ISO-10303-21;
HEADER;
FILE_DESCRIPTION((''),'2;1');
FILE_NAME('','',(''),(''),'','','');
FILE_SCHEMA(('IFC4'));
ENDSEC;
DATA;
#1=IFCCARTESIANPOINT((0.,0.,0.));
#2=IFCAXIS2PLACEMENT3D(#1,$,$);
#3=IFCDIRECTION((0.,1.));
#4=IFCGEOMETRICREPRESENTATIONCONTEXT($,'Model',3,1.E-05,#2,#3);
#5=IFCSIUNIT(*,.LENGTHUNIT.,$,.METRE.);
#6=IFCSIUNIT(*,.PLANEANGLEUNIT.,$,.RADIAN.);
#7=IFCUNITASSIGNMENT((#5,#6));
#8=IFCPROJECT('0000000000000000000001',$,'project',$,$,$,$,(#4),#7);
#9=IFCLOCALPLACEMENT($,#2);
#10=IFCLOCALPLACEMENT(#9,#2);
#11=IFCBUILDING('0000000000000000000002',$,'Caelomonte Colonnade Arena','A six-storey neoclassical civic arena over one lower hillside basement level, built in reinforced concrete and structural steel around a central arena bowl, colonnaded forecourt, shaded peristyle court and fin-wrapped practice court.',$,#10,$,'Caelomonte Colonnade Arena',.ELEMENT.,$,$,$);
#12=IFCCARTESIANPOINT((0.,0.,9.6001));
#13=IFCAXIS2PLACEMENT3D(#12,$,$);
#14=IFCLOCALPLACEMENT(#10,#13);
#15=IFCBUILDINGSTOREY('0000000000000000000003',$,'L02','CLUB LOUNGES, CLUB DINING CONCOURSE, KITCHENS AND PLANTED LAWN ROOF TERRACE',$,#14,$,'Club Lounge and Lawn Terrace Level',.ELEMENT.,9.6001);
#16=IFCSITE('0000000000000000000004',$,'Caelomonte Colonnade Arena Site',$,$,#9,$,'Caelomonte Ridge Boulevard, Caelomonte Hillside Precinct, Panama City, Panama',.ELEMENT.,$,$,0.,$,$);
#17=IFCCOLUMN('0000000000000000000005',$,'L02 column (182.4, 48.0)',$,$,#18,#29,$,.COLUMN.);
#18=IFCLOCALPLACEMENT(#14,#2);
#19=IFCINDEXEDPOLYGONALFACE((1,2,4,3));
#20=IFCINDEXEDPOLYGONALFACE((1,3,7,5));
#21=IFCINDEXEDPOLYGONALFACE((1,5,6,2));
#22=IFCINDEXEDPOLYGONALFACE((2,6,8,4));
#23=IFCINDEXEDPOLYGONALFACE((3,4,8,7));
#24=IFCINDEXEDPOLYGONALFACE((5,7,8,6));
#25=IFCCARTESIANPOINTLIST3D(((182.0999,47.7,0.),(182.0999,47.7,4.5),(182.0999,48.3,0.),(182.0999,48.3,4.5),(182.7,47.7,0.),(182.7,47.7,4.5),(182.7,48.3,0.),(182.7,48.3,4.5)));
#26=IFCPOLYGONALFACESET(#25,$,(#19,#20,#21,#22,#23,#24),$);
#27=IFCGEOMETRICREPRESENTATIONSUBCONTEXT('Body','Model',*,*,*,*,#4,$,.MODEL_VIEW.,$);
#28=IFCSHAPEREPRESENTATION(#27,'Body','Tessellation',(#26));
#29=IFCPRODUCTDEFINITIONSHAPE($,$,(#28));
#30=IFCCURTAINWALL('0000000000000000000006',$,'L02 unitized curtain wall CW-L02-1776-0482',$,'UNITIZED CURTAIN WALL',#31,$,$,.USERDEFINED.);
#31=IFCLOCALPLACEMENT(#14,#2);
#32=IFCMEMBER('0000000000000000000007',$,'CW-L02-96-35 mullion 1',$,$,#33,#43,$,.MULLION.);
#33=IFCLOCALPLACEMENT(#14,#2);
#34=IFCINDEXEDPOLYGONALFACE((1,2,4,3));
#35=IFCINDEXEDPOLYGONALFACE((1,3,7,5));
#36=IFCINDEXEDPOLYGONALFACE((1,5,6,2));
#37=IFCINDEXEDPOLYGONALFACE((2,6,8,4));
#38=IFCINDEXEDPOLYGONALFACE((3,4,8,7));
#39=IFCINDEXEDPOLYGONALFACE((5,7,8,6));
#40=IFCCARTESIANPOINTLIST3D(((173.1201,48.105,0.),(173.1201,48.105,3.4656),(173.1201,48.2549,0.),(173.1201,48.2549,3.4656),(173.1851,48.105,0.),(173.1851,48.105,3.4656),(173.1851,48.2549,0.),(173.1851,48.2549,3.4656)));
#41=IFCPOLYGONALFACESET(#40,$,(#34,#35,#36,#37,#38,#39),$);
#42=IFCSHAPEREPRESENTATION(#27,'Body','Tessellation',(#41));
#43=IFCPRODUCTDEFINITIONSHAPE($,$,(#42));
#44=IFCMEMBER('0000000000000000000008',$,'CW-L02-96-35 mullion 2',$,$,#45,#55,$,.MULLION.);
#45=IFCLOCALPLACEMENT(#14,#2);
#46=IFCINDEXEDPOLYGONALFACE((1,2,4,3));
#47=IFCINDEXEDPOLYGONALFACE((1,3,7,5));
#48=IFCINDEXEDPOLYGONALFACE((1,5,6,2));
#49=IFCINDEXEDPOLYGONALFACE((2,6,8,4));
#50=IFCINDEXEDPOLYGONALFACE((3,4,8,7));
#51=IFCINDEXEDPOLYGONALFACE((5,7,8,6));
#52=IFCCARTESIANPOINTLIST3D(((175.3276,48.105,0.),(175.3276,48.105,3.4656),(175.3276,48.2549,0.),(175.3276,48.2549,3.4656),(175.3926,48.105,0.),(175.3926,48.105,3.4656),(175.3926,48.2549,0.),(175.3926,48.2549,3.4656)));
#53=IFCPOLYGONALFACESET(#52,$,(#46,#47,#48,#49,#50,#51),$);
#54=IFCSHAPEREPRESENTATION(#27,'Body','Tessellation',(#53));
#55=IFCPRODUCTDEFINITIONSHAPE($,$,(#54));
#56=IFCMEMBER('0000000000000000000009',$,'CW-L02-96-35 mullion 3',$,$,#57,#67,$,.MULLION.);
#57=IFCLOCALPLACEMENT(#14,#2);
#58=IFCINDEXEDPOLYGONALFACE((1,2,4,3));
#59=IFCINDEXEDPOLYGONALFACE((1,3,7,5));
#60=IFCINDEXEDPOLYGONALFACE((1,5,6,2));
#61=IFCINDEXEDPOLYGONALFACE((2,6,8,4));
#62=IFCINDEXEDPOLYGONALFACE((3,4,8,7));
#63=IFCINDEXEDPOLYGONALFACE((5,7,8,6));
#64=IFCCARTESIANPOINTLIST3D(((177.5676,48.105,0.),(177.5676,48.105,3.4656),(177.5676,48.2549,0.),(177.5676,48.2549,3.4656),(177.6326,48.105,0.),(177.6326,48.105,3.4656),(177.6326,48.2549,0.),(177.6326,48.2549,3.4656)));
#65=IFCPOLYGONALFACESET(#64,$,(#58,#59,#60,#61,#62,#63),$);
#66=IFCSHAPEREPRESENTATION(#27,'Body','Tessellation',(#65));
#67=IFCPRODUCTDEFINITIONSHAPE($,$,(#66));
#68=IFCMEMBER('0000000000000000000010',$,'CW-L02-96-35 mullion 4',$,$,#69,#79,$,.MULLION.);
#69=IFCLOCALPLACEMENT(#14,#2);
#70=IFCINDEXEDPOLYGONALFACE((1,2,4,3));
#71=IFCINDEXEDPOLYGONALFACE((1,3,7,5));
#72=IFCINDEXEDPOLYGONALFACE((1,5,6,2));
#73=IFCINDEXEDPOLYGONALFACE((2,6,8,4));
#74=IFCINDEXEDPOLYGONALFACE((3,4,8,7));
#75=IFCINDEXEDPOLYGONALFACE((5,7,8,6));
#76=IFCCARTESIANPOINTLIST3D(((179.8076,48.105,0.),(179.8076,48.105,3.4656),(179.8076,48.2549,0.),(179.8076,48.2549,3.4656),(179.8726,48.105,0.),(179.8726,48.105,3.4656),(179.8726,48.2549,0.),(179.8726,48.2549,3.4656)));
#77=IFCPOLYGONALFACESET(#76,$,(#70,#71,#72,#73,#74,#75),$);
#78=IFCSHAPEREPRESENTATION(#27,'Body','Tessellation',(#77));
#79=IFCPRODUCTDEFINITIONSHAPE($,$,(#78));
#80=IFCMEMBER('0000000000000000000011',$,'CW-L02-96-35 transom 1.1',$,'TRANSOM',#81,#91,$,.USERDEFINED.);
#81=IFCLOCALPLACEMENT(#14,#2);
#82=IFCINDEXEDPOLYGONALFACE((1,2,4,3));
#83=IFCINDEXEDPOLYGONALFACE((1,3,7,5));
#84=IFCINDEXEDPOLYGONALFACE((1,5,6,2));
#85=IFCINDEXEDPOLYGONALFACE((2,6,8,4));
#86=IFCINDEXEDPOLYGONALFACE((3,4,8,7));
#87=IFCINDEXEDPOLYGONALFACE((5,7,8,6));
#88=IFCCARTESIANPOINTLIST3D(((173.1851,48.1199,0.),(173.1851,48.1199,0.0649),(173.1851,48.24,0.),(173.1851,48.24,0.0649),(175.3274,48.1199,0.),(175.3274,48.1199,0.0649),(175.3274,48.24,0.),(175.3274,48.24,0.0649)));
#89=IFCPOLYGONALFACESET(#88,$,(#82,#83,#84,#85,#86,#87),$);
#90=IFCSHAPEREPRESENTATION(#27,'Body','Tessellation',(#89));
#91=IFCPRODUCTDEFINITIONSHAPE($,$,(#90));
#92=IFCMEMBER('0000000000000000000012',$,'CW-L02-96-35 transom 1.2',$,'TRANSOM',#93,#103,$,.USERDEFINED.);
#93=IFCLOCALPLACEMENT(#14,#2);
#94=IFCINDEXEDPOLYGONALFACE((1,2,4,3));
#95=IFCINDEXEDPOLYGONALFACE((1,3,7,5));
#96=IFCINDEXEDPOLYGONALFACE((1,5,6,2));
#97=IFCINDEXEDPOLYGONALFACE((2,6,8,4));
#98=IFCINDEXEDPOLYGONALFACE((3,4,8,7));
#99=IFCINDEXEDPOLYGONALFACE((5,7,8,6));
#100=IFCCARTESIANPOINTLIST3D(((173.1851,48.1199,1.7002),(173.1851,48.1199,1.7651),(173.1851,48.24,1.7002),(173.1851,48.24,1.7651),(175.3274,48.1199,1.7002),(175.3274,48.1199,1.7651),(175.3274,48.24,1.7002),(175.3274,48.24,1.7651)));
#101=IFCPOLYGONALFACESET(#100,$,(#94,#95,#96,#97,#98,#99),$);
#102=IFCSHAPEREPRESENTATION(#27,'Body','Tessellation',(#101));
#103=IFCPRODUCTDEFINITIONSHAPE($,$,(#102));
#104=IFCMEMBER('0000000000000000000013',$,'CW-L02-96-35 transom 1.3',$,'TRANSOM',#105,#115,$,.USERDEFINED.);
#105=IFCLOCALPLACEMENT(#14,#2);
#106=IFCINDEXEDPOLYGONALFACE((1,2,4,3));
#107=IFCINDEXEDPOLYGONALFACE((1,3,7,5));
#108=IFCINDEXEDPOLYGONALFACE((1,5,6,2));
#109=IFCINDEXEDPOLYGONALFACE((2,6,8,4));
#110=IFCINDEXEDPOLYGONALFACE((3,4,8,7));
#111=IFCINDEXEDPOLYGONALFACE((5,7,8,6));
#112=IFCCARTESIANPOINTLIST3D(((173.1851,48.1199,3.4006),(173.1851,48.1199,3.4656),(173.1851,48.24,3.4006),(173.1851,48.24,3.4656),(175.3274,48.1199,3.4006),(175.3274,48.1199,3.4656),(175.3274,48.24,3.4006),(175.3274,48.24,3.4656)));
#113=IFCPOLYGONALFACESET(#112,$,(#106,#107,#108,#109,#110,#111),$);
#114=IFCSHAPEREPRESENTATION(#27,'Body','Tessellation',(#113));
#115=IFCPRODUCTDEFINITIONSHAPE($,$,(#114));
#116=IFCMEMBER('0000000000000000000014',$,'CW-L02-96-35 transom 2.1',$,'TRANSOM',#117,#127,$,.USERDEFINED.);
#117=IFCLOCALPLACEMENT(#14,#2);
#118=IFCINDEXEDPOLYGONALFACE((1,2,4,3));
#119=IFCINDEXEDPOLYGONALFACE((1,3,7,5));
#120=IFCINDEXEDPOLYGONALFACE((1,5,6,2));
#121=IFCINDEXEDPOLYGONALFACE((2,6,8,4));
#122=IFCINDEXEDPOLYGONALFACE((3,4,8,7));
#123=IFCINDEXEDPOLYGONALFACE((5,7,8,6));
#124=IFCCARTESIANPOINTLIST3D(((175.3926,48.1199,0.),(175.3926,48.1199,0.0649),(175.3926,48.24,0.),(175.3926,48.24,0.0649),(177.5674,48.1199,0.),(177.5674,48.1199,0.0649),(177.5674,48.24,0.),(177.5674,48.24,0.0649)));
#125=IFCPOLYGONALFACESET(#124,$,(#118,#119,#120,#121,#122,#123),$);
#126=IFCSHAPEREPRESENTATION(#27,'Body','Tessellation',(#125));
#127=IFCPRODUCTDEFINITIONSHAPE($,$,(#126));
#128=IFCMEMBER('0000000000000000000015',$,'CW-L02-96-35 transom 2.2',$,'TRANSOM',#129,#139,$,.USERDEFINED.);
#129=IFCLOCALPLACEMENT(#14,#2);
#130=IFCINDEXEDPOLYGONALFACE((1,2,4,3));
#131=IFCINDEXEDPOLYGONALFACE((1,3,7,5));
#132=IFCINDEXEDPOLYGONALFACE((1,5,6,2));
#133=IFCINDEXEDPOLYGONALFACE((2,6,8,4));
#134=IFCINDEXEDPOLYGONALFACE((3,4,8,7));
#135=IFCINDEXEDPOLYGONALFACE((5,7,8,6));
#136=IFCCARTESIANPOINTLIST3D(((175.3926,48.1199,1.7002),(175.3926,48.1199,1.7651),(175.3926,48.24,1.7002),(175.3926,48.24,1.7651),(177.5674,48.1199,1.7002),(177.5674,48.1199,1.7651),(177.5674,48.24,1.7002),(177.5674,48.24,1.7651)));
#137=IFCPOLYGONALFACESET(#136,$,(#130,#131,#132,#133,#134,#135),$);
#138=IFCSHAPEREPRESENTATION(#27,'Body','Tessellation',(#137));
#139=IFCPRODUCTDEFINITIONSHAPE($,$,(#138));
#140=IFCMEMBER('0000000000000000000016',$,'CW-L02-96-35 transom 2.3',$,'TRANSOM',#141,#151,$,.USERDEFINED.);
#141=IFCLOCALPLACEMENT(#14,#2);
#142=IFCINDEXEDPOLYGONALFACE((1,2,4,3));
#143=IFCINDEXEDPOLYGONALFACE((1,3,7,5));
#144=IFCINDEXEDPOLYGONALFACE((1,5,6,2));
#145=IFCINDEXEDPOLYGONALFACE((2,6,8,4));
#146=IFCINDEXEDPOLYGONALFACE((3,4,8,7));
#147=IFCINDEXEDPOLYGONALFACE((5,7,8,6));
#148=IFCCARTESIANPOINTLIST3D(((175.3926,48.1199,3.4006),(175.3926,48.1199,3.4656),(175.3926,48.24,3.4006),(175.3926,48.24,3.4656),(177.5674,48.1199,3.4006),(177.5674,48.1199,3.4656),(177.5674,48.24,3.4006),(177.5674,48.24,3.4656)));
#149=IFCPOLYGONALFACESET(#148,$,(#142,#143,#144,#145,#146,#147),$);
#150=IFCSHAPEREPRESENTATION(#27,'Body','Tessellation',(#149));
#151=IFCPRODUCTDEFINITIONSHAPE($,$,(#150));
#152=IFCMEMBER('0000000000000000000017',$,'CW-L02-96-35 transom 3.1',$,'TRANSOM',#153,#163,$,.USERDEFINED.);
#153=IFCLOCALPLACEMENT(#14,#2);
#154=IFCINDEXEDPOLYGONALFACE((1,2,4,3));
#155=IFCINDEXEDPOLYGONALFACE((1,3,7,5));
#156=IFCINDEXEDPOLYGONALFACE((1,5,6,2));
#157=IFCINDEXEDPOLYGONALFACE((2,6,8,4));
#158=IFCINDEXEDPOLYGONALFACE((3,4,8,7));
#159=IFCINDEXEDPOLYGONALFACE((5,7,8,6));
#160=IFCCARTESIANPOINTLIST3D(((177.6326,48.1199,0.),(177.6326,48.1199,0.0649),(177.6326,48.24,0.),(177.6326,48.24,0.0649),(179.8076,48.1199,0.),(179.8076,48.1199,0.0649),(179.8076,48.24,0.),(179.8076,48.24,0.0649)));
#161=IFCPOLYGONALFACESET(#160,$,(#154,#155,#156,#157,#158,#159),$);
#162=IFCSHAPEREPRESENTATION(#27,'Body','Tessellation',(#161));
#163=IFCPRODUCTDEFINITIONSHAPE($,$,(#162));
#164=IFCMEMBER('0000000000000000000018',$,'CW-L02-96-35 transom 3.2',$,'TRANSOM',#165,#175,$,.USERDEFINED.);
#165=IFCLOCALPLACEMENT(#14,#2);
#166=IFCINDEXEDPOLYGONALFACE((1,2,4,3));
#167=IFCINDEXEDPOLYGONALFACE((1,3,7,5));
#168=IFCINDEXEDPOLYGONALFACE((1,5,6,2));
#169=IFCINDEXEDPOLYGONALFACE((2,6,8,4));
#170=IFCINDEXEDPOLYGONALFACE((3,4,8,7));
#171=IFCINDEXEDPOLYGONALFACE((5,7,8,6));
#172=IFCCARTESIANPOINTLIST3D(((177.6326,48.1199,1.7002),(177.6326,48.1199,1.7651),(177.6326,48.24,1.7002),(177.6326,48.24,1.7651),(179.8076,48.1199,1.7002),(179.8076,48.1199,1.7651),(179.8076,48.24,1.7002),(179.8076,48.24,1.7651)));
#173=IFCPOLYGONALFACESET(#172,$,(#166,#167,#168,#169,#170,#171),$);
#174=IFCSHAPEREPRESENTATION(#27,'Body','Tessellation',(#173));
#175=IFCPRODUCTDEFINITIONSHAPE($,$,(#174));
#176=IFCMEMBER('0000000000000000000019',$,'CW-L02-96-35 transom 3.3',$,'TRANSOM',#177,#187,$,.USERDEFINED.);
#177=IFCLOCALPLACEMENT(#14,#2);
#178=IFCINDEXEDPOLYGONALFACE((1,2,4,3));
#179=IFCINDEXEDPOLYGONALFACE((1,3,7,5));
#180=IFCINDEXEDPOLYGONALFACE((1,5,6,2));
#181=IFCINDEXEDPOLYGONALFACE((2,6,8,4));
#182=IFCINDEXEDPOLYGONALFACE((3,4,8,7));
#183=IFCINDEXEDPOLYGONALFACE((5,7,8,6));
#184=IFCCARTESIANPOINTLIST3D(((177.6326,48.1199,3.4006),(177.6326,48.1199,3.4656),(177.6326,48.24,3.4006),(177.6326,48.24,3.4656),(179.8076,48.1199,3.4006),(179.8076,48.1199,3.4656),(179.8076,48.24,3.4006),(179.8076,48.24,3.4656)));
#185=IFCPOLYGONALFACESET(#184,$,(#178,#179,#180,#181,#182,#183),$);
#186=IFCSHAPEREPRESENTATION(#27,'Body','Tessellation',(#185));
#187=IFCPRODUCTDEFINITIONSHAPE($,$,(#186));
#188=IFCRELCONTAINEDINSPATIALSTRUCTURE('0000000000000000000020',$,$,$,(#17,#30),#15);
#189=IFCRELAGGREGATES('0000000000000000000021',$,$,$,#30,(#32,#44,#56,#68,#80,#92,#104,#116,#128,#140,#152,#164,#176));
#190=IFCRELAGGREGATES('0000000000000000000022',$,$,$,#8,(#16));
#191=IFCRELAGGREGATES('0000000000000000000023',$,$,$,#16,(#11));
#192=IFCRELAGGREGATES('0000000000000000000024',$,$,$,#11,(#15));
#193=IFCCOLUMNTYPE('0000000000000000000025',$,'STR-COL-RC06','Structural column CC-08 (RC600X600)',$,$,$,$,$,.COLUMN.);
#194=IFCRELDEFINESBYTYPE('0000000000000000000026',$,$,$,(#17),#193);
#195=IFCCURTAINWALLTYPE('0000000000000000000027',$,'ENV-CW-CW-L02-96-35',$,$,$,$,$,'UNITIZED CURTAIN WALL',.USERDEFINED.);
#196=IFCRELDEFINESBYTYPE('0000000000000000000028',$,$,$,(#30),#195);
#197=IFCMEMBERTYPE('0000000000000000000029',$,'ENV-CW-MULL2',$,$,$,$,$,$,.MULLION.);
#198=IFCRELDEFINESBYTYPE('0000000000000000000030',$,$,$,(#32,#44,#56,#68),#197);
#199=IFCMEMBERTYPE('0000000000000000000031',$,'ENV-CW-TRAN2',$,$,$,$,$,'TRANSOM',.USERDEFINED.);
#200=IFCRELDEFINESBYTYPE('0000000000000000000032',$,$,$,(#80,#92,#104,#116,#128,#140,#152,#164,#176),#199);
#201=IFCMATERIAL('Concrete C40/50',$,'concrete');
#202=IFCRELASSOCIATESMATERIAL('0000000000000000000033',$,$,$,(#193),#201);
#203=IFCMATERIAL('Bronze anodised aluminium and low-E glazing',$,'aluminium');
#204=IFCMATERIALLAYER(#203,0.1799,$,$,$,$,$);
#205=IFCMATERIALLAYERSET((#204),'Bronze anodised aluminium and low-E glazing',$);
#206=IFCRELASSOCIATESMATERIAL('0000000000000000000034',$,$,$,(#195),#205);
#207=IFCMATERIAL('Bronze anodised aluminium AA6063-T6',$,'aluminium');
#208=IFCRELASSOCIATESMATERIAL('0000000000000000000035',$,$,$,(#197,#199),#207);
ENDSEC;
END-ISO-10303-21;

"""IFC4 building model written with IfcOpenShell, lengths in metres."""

from ifc_helpers import new_model, si_unit, direction, frame, origin, origin_2d, place, context, subcontext, project, spatial, rectangle, extrude, material, layer, layer_set, material_profile, profile_set, type_object, element, aggregate, save


model = new_model("IFC4")

# Units and contexts
model_context = context("Model", 3, precision=1e-05, world=origin(), true_north=direction((0.0, 1.0)))
body_context = subcontext(model_context, "Body", "Model", "MODEL_VIEW")
ifc_project = project(units=[si_unit("LENGTHUNIT", "METRE"), si_unit("PLANEANGLEUNIT", "RADIAN")], contexts=[model_context])

# Site, building, storey
site_placement = place(None, origin())
site = spatial("IfcSite", under=ifc_project, at=site_placement, Name="Caelomonte Colonnade Arena Site", LongName="Caelomonte Ridge Boulevard, Caelomonte Hillside Precinct, Panama City, Panama", CompositionType="ELEMENT", RefElevation=0.0)
building_placement = place(site_placement, origin())
building = spatial("IfcBuilding", under=site, at=building_placement, Name="Caelomonte Colonnade Arena", Description="A six-storey neoclassical civic arena over one lower hillside basement level, built in reinforced concrete and structural steel around a central arena bowl, colonnaded forecourt, shaded peristyle court and fin-wrapped practice court.", LongName="Caelomonte Colonnade Arena", CompositionType="ELEMENT")
storey_placement = place(building_placement, frame((0.0, 0.0, 9.6001)))
storey = spatial("IfcBuildingStorey", under=building, at=storey_placement, Name="L02", Description="CLUB LOUNGES, CLUB DINING CONCOURSE, KITCHENS AND PLANTED LAWN ROOF TERRACE", LongName="Club Lounge and Lawn Terrace Level", CompositionType="ELEMENT", Elevation=9.6001)

# Column
ifc_material_1 = material(Name="Concrete C40/50", Category="concrete")
ifc_material_profile_1 = material_profile(ifc_material_1, rectangle(XDim=0.6001, YDim=0.6001, at=origin_2d()), Name="RC600X600")
ifc_profile_set_1 = profile_set([ifc_material_profile_1], Name="Concrete C40/50")
column_type = type_object("IfcColumnType", Name="STR-COL-RC06", Description="Structural column CC-08 (RC600X600)", PredefinedType="COLUMN", material=ifc_profile_set_1)
column_placement = place(storey_placement, frame((182.3999, 48.0, 0.0), z_axis=(0.0, 0.0, 1.0), x_axis=(1.0, 0.0, 0.0)))
element("IfcColumn", 1, at=column_placement, inside=storey, type_object=column_type, Name="L02 column (182.4, 48.0)", PredefinedType="COLUMN", context=body_context, shape_type="SweptSolid", body=[
    extrude(rectangle(XDim=0.6001, YDim=0.6001, at=origin_2d()), origin(), (0.0, 0.0, 1.0), 4.5),
])

# Curtain wall, members
ifc_material_2 = material(Name="Bronze anodised aluminium and low-E glazing", Category="aluminium")
ifc_layer_1 = layer(ifc_material_2, 0.1799)
ifc_layer_set_1 = layer_set([ifc_layer_1], Name="Bronze anodised aluminium and low-E glazing")
curtain_wall_type = type_object("IfcCurtainWallType", Name="ENV-CW-CW-L02-96-35", ElementType="UNITIZED CURTAIN WALL", PredefinedType="USERDEFINED", material=ifc_layer_set_1)
curtain_wall_placement = place(storey_placement, origin())
curtain_wall = element("IfcCurtainWall", 2, at=curtain_wall_placement, inside=storey, type_object=curtain_wall_type, Name="L02 unitized curtain wall CW-L02-1776-0482", ObjectType="UNITIZED CURTAIN WALL", PredefinedType="USERDEFINED")
ifc_material_3 = material(Name="Bronze anodised aluminium AA6063-T6", Category="aluminium")
ifc_material_profile_2 = material_profile(ifc_material_3, rectangle(XDim=0.0649, YDim=0.1499, at=origin_2d()), Name="CWM-65X150")
ifc_profile_set_2 = profile_set([ifc_material_profile_2], Name="Bronze anodised aluminium AA6063-T6")
member_type_1 = type_object("IfcMemberType", Name="ENV-CW-MULL2", PredefinedType="MULLION", material=ifc_profile_set_2)
member_1_placement = place(storey_placement, frame((173.1526, 48.1799, 0.0), z_axis=(0.0, 0.0, 1.0), x_axis=(1.0, 0.0, 0.0)))
member_1 = element("IfcMember", 3, at=member_1_placement, type_object=member_type_1, Name="CW-L02-96-35 mullion 1", PredefinedType="MULLION", context=body_context, shape_type="SweptSolid", body=[
    extrude(rectangle(XDim=0.0649, YDim=0.1499, at=origin_2d()), origin(), (0.0, 0.0, 1.0), 3.4656),
])
member_2_placement = place(storey_placement, frame((175.3601, 48.1799, 0.0), z_axis=(0.0, 0.0, 1.0), x_axis=(1.0, 0.0, 0.0)))
member_2 = element("IfcMember", 4, at=member_2_placement, type_object=member_type_1, Name="CW-L02-96-35 mullion 2", PredefinedType="MULLION", context=body_context, shape_type="SweptSolid", body=[
    extrude(rectangle(XDim=0.0649, YDim=0.1499, at=origin_2d()), origin(), (0.0, 0.0, 1.0), 3.4656),
])
member_3_placement = place(storey_placement, frame((177.6001, 48.1799, 0.0), z_axis=(0.0, 0.0, 1.0), x_axis=(1.0, 0.0, 0.0)))
member_3 = element("IfcMember", 5, at=member_3_placement, type_object=member_type_1, Name="CW-L02-96-35 mullion 3", PredefinedType="MULLION", context=body_context, shape_type="SweptSolid", body=[
    extrude(rectangle(XDim=0.0649, YDim=0.1499, at=origin_2d()), origin(), (0.0, 0.0, 1.0), 3.4656),
])
member_4_placement = place(storey_placement, frame((179.8401, 48.1799, 0.0), z_axis=(0.0, 0.0, 1.0), x_axis=(1.0, 0.0, 0.0)))
member_4 = element("IfcMember", 6, at=member_4_placement, type_object=member_type_1, Name="CW-L02-96-35 mullion 4", PredefinedType="MULLION", context=body_context, shape_type="SweptSolid", body=[
    extrude(rectangle(XDim=0.0649, YDim=0.1499, at=origin_2d()), origin(), (0.0, 0.0, 1.0), 3.4656),
])
ifc_material_profile_3 = material_profile(ifc_material_3, rectangle(XDim=0.0649, YDim=0.1201, at=origin_2d()), Name="CWT-65X120")
ifc_profile_set_3 = profile_set([ifc_material_profile_3], Name="Bronze anodised aluminium AA6063-T6")
member_type_2 = type_object("IfcMemberType", Name="ENV-CW-TRAN2", ElementType="TRANSOM", PredefinedType="USERDEFINED", material=ifc_profile_set_3)
member_5_placement = place(storey_placement, frame((173.1851, 48.1799, 0.0325), z_axis=(1.0, 0.0, 0.0), x_axis=(0.0, 0.0, 1.0)))
member_5 = element("IfcMember", 7, at=member_5_placement, type_object=member_type_2, Name="CW-L02-96-35 transom 1.1", ObjectType="TRANSOM", PredefinedType="USERDEFINED", context=body_context, shape_type="SweptSolid", body=[
    extrude(rectangle(XDim=0.0649, YDim=0.1201, at=origin_2d()), origin(), (0.0, 0.0, 1.0), 2.1423),
])
member_6_placement = place(storey_placement, frame((173.1851, 48.1799, 1.7327), z_axis=(1.0, 0.0, 0.0), x_axis=(0.0, 0.0, 1.0)))
member_6 = element("IfcMember", 8, at=member_6_placement, type_object=member_type_2, Name="CW-L02-96-35 transom 1.2", ObjectType="TRANSOM", PredefinedType="USERDEFINED", context=body_context, shape_type="SweptSolid", body=[
    extrude(rectangle(XDim=0.0649, YDim=0.1201, at=origin_2d()), origin(), (0.0, 0.0, 1.0), 2.1423),
])
member_7_placement = place(storey_placement, frame((173.1851, 48.1799, 3.4331), z_axis=(1.0, 0.0, 0.0), x_axis=(0.0, 0.0, 1.0)))
member_7 = element("IfcMember", 9, at=member_7_placement, type_object=member_type_2, Name="CW-L02-96-35 transom 1.3", ObjectType="TRANSOM", PredefinedType="USERDEFINED", context=body_context, shape_type="SweptSolid", body=[
    extrude(rectangle(XDim=0.0649, YDim=0.1201, at=origin_2d()), origin(), (0.0, 0.0, 1.0), 2.1423),
])
member_8_placement = place(storey_placement, frame((175.3926, 48.1799, 0.0325), z_axis=(1.0, 0.0, 0.0), x_axis=(0.0, 0.0, 1.0)))
member_8 = element("IfcMember", 10, at=member_8_placement, type_object=member_type_2, Name="CW-L02-96-35 transom 2.1", ObjectType="TRANSOM", PredefinedType="USERDEFINED", context=body_context, shape_type="SweptSolid", body=[
    extrude(rectangle(XDim=0.0649, YDim=0.1201, at=origin_2d()), origin(), (0.0, 0.0, 1.0), 2.1748),
])
member_9_placement = place(storey_placement, frame((175.3926, 48.1799, 1.7327), z_axis=(1.0, 0.0, 0.0), x_axis=(0.0, 0.0, 1.0)))
member_9 = element("IfcMember", 11, at=member_9_placement, type_object=member_type_2, Name="CW-L02-96-35 transom 2.2", ObjectType="TRANSOM", PredefinedType="USERDEFINED", context=body_context, shape_type="SweptSolid", body=[
    extrude(rectangle(XDim=0.0649, YDim=0.1201, at=origin_2d()), origin(), (0.0, 0.0, 1.0), 2.1748),
])
member_10_placement = place(storey_placement, frame((175.3926, 48.1799, 3.4331), z_axis=(1.0, 0.0, 0.0), x_axis=(0.0, 0.0, 1.0)))
member_10 = element("IfcMember", 12, at=member_10_placement, type_object=member_type_2, Name="CW-L02-96-35 transom 2.3", ObjectType="TRANSOM", PredefinedType="USERDEFINED", context=body_context, shape_type="SweptSolid", body=[
    extrude(rectangle(XDim=0.0649, YDim=0.1201, at=origin_2d()), origin(), (0.0, 0.0, 1.0), 2.1748),
])
member_11_placement = place(storey_placement, frame((177.6326, 48.1799, 0.0325), z_axis=(1.0, 0.0, 0.0), x_axis=(0.0, 0.0, 1.0)))
member_11 = element("IfcMember", 13, at=member_11_placement, type_object=member_type_2, Name="CW-L02-96-35 transom 3.1", ObjectType="TRANSOM", PredefinedType="USERDEFINED", context=body_context, shape_type="SweptSolid", body=[
    extrude(rectangle(XDim=0.0649, YDim=0.1201, at=origin_2d()), origin(), (0.0, 0.0, 1.0), 2.175),
])
member_12_placement = place(storey_placement, frame((177.6326, 48.1799, 1.7327), z_axis=(1.0, 0.0, 0.0), x_axis=(0.0, 0.0, 1.0)))
member_12 = element("IfcMember", 14, at=member_12_placement, type_object=member_type_2, Name="CW-L02-96-35 transom 3.2", ObjectType="TRANSOM", PredefinedType="USERDEFINED", context=body_context, shape_type="SweptSolid", body=[
    extrude(rectangle(XDim=0.0649, YDim=0.1201, at=origin_2d()), origin(), (0.0, 0.0, 1.0), 2.175),
])
member_13_placement = place(storey_placement, frame((177.6326, 48.1799, 3.4331), z_axis=(1.0, 0.0, 0.0), x_axis=(0.0, 0.0, 1.0)))
member_13 = element("IfcMember", 15, at=member_13_placement, type_object=member_type_2, Name="CW-L02-96-35 transom 3.3", ObjectType="TRANSOM", PredefinedType="USERDEFINED", context=body_context, shape_type="SweptSolid", body=[
    extrude(rectangle(XDim=0.0649, YDim=0.1201, at=origin_2d()), origin(), (0.0, 0.0, 1.0), 2.175),
])
aggregate(curtain_wall, [member_1, member_2, member_3, member_4, member_5, member_6, member_7, member_8, member_9, member_10, member_11, member_12, member_13])

save(model, "model.ifc")
